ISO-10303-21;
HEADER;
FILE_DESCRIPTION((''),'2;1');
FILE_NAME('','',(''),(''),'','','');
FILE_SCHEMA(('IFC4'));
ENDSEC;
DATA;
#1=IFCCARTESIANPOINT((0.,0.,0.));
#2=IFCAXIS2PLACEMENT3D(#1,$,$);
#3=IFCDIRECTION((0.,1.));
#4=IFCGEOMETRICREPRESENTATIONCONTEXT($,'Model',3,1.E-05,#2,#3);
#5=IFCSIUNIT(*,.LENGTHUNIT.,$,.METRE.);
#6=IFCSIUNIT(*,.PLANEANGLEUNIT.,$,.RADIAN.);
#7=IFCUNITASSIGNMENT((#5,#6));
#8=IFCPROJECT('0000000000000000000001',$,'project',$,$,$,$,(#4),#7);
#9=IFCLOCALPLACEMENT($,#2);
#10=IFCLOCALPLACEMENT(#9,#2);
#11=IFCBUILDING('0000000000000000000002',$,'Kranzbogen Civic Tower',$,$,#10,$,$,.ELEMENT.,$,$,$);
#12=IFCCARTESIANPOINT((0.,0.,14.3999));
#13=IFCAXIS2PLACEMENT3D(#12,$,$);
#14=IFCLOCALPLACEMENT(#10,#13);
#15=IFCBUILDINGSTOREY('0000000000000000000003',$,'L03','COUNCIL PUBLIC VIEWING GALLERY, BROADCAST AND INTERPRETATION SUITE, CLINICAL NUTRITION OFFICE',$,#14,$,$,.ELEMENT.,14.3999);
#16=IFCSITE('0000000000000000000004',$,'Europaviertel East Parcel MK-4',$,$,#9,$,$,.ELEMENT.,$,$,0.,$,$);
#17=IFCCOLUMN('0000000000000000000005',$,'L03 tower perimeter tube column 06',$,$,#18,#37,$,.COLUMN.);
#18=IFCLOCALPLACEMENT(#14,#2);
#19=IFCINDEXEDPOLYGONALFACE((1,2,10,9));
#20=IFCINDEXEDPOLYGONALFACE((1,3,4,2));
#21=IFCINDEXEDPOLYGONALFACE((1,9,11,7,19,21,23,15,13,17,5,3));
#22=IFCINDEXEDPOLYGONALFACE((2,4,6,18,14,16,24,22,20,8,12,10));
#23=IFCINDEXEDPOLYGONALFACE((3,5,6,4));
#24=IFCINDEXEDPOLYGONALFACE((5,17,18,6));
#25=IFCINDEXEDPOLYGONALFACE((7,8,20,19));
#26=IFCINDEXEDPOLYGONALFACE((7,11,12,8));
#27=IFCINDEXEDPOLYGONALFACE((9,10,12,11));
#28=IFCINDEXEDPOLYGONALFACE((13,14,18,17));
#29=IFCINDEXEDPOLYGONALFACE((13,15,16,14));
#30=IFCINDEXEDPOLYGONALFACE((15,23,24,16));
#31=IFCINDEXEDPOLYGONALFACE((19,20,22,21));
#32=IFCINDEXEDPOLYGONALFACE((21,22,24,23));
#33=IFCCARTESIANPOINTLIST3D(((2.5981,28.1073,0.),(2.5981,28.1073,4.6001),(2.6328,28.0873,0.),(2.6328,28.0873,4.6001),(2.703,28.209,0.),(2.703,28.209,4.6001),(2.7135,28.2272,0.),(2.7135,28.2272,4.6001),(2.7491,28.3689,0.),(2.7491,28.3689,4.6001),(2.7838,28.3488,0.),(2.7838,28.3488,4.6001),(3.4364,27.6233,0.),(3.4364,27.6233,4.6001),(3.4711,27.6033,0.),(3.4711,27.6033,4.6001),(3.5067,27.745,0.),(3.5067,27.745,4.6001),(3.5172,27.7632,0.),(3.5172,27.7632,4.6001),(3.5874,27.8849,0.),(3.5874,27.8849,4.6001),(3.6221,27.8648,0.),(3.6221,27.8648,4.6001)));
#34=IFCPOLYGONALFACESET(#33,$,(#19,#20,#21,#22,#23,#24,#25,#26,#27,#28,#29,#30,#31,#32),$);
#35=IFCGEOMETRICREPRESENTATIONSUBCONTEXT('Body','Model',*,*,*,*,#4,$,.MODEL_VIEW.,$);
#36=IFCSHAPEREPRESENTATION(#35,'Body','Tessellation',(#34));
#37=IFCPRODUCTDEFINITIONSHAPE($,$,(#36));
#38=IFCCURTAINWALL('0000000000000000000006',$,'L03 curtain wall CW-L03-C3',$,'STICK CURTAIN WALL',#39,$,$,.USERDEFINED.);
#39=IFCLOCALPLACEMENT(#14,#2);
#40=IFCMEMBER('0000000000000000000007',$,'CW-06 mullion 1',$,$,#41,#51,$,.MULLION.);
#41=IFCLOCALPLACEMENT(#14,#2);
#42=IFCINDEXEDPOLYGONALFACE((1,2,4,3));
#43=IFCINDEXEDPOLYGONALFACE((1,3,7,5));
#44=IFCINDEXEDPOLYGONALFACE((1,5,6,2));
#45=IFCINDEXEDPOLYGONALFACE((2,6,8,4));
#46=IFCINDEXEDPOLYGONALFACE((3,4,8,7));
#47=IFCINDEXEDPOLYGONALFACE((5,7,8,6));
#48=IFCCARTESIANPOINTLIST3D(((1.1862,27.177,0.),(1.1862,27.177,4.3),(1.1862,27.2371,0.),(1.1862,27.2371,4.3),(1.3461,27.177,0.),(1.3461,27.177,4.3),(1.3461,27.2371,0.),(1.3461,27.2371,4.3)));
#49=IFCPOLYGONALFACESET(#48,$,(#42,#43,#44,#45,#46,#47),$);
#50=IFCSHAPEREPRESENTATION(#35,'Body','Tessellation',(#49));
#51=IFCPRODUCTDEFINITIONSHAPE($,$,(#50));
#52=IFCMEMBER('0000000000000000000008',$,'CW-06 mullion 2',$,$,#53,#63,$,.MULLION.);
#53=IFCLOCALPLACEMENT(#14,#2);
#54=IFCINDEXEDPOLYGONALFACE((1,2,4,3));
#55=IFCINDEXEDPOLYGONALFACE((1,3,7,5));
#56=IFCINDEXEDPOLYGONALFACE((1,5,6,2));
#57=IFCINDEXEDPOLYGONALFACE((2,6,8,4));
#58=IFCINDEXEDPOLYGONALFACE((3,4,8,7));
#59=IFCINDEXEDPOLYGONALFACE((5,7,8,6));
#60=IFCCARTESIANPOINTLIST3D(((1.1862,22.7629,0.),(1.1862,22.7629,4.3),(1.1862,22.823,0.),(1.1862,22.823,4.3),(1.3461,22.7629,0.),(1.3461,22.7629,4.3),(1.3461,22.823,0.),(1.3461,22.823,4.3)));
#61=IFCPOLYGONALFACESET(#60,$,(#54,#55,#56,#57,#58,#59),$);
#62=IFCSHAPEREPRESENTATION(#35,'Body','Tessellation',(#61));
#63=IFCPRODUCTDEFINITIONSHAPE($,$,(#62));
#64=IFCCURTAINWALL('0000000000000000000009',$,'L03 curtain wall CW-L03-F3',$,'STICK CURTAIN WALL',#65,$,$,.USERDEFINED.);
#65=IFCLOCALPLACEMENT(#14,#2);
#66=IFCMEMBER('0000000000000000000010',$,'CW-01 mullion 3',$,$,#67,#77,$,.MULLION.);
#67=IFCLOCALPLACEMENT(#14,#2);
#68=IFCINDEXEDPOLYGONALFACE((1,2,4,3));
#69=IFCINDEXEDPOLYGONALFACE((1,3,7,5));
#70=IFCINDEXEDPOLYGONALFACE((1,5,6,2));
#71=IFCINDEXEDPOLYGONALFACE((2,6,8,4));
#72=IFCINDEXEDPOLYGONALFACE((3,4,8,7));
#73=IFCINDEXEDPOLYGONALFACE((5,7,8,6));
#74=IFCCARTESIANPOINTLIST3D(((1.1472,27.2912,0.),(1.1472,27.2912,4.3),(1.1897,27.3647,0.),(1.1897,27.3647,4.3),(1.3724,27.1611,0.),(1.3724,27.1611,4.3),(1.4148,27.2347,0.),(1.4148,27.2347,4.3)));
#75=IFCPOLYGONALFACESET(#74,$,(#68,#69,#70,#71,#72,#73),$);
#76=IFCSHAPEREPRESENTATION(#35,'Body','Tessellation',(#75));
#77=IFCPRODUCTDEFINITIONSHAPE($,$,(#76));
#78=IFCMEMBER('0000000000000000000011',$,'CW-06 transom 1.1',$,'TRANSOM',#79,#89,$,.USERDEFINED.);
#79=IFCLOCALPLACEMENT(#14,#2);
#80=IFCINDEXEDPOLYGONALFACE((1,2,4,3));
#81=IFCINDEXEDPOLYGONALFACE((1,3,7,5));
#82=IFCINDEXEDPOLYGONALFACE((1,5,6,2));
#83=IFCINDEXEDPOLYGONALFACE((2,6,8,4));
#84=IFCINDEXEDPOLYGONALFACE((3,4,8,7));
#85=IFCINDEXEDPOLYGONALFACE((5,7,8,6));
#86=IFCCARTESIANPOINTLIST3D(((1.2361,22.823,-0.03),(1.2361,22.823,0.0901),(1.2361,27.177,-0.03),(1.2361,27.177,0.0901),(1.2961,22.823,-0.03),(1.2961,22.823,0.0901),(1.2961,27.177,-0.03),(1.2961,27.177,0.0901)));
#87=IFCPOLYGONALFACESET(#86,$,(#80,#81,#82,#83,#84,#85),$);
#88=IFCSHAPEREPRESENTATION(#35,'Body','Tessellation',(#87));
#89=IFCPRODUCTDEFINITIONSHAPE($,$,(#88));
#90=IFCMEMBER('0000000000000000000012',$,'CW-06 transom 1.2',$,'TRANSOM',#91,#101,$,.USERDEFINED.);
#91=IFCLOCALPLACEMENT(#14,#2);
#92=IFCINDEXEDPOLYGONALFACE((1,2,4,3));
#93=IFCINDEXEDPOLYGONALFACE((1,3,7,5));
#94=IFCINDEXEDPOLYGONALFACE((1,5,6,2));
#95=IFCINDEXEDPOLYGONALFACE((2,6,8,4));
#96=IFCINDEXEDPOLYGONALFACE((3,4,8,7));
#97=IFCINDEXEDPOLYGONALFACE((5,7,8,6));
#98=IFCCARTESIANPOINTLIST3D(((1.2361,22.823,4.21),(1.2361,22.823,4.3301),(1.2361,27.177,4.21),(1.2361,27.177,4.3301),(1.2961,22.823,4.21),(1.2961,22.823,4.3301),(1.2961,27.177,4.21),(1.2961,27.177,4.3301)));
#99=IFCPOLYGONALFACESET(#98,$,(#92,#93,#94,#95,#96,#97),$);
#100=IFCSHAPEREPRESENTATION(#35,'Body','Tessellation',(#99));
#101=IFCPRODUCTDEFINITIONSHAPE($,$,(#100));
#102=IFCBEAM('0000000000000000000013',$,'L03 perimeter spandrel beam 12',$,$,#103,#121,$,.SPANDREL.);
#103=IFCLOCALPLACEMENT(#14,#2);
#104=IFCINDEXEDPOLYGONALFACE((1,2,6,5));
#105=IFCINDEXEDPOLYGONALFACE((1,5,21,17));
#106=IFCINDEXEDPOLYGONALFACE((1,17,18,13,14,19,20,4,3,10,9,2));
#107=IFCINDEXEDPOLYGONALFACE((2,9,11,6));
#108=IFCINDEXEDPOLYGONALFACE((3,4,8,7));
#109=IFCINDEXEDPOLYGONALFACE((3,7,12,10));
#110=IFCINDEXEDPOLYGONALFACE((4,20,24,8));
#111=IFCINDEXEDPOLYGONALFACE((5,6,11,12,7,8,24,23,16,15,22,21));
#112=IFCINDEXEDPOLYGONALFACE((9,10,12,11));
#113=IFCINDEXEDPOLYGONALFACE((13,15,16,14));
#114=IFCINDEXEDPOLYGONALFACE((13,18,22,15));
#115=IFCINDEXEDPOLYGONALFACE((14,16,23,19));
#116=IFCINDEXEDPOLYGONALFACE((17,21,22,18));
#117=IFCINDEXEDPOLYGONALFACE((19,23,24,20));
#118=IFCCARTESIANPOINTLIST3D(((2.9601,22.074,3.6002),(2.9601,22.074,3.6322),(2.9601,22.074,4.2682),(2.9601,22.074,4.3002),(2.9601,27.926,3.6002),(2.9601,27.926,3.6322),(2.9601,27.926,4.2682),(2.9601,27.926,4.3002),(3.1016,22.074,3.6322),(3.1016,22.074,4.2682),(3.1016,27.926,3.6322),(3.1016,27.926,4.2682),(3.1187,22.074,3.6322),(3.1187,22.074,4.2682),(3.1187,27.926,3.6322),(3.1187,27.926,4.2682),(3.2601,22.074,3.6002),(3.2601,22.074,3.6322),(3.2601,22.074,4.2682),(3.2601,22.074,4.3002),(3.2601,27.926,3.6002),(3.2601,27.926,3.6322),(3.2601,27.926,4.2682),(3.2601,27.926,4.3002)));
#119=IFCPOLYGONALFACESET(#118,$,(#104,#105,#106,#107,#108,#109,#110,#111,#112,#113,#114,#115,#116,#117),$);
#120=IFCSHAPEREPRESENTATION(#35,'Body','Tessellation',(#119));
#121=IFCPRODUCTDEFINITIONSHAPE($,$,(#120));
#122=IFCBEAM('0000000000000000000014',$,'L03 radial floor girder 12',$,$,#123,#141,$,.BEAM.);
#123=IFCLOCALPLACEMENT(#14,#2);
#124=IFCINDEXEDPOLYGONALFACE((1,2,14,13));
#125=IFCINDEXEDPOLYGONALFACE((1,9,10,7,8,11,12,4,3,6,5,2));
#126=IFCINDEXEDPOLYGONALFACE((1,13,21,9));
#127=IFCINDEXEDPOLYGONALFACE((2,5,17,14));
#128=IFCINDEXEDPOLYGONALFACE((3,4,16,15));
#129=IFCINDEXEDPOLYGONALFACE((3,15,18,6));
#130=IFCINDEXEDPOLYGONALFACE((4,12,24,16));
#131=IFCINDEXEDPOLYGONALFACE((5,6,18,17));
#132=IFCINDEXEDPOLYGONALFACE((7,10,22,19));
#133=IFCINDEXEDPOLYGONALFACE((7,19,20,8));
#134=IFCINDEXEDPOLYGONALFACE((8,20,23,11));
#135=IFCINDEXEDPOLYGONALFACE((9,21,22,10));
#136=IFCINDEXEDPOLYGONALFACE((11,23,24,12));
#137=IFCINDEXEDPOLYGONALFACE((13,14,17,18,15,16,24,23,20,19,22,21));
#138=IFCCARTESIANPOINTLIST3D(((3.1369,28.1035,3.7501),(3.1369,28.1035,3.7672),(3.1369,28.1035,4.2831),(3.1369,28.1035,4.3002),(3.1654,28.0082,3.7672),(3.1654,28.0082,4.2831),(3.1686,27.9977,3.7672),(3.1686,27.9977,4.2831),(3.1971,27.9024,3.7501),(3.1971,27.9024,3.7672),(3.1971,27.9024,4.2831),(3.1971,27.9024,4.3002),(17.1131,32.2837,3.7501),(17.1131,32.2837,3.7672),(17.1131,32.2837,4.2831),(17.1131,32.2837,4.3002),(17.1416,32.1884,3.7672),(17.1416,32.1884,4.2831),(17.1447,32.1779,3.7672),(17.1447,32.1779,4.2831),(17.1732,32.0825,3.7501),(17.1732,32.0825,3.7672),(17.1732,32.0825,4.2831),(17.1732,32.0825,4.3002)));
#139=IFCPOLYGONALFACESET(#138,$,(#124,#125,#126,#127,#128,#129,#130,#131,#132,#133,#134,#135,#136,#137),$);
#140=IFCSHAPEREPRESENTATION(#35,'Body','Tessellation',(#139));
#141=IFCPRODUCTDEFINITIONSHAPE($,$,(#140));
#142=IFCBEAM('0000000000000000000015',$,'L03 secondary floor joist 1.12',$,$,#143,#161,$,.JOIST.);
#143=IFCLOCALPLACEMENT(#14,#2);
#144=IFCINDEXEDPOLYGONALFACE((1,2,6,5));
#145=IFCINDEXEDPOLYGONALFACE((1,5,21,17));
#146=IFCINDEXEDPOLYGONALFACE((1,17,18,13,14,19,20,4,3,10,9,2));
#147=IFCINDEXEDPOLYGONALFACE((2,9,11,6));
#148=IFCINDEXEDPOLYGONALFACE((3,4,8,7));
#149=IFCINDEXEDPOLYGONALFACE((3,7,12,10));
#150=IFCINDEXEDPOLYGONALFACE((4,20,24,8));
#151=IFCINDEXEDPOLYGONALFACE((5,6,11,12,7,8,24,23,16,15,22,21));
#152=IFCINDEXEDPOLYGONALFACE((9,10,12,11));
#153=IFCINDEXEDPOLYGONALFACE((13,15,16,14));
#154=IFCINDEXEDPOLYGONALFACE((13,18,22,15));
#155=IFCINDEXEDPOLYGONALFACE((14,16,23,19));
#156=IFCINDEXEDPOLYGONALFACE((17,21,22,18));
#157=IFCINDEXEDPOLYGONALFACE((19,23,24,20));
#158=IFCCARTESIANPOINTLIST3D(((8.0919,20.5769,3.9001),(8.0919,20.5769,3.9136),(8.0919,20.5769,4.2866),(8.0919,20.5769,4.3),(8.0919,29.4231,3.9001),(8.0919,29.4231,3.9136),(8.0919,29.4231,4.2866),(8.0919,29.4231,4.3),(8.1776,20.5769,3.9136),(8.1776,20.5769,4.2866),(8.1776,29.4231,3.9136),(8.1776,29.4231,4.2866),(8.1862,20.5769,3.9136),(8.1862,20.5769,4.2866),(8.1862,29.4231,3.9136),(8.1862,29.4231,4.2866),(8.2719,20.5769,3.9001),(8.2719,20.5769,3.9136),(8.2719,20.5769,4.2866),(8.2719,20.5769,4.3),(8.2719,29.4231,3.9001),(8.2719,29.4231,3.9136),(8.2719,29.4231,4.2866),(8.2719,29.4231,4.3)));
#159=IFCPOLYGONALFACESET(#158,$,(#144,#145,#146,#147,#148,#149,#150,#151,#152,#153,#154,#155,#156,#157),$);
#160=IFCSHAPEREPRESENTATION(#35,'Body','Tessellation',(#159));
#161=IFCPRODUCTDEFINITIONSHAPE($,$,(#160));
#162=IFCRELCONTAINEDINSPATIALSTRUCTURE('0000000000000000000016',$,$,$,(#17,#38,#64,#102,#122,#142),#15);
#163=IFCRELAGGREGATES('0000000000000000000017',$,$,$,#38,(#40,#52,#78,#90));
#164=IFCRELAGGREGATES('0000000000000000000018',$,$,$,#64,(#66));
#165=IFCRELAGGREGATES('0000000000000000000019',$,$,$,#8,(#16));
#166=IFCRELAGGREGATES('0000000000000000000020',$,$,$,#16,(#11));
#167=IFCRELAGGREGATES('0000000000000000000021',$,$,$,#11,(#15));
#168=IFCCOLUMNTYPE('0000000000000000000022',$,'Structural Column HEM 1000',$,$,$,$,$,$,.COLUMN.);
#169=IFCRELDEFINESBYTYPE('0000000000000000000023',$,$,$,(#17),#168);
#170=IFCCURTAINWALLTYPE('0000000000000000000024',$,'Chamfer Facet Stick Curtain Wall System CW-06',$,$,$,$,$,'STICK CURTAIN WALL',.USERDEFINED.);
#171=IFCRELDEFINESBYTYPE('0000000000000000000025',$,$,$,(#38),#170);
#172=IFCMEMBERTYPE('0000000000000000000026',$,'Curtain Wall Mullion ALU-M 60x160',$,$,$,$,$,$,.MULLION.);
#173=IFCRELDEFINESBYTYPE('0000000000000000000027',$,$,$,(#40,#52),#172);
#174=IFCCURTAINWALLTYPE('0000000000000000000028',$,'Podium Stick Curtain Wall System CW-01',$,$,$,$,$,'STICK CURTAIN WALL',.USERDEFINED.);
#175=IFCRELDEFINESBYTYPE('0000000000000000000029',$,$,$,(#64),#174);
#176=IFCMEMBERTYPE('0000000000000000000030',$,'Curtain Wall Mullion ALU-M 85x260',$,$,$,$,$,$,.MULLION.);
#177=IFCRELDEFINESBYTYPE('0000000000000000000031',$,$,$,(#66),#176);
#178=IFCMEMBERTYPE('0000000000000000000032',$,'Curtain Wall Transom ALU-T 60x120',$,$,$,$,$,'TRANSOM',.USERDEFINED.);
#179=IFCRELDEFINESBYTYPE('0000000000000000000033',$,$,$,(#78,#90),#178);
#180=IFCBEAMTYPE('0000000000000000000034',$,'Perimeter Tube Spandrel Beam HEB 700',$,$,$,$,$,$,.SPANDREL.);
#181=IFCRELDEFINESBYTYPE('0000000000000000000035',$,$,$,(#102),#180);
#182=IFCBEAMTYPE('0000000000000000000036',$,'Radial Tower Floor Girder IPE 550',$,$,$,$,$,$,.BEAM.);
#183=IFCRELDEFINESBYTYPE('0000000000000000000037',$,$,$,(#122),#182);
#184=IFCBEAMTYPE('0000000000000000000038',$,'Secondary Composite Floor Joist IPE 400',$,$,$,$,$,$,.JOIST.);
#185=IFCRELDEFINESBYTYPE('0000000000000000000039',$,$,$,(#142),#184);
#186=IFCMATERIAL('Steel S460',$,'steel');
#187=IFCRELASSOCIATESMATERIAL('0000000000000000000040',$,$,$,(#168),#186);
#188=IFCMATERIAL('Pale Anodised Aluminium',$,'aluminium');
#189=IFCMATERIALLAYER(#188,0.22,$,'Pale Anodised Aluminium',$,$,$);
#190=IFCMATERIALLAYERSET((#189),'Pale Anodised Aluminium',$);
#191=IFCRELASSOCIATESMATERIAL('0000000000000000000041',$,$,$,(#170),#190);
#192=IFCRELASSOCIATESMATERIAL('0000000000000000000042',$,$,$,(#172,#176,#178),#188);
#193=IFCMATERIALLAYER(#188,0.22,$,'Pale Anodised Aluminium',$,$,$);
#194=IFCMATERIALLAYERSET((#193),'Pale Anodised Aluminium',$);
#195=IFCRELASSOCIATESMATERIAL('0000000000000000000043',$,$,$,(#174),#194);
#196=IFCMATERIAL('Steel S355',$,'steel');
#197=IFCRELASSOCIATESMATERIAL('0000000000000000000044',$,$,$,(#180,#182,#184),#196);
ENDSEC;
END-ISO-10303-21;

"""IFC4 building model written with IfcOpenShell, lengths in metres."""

from ifc_helpers import new_model, si_unit, direction, frame, origin, origin_2d, place, context, subcontext, project, spatial, rectangle, i_section, extrude, material, layer, layer_set, material_profile, profile_set, type_object, element, aggregate, save


model = new_model("IFC4")

# Units and contexts
model_context = context("Model", 3, precision=1e-05, world=origin(), true_north=direction((0.0, 1.0)))
body_context = subcontext(model_context, "Body", "Model", "MODEL_VIEW")
ifc_project = project(units=[si_unit("LENGTHUNIT", "METRE"), si_unit("PLANEANGLEUNIT", "RADIAN")], contexts=[model_context])

# Site, building, storey
site_placement = place(None, origin())
site = spatial("IfcSite", under=ifc_project, at=site_placement, Name="Europaviertel East Parcel MK-4", CompositionType="ELEMENT", RefElevation=0.0)
building_placement = place(site_placement, origin())
building = spatial("IfcBuilding", under=site, at=building_placement, Name="Kranzbogen Civic Tower", CompositionType="ELEMENT")
storey_placement = place(building_placement, frame((0.0, 0.0, 14.3999)))
storey = spatial("IfcBuildingStorey", under=building, at=storey_placement, Name="L03", Description="COUNCIL PUBLIC VIEWING GALLERY, BROADCAST AND INTERPRETATION SUITE, CLINICAL NUTRITION OFFICE", CompositionType="ELEMENT", Elevation=14.3999)

# Column
ifc_material_1 = material(Name="Steel S460", Category="steel")
ifc_material_profile_1 = material_profile(ifc_material_1, i_section(OverallWidth=0.302, OverallDepth=1.0081, WebThickness=0.021, FlangeThickness=0.04, at=origin_2d()), Name="HEM 1000")
ifc_profile_set_1 = profile_set([ifc_material_profile_1], Name="Steel S460")
column_type = type_object("IfcColumnType", Name="Structural Column HEM 1000", PredefinedType="COLUMN", material=ifc_profile_set_1)
column_placement = place(storey_placement, frame((3.1101, 27.9861, 0.0), z_axis=(0.0, 0.0, 1.0), x_axis=(0.5, 0.866025, 0.0)))
element("IfcColumn", 1, at=column_placement, inside=storey, type_object=column_type, Name="L03 tower perimeter tube column 06", PredefinedType="COLUMN", context=body_context, shape_type="SweptSolid", body=[
    extrude(i_section(OverallWidth=0.302, OverallDepth=1.0081, WebThickness=0.021, FlangeThickness=0.04, at=origin_2d()), origin(), (0.0, 0.0, 1.0), 4.6001),
])

# Curtain wall, members
ifc_material_2 = material(Name="Pale Anodised Aluminium", Category="aluminium")
ifc_layer_1 = layer(ifc_material_2, 0.22, Name="Pale Anodised Aluminium")
ifc_layer_set_1 = layer_set([ifc_layer_1], Name="Pale Anodised Aluminium")
curtain_wall_type_1 = type_object("IfcCurtainWallType", Name="Chamfer Facet Stick Curtain Wall System CW-06", ElementType="STICK CURTAIN WALL", PredefinedType="USERDEFINED", material=ifc_layer_set_1)
curtain_wall_1_placement = place(storey_placement, origin())
curtain_wall_1 = element("IfcCurtainWall", 2, at=curtain_wall_1_placement, inside=storey, type_object=curtain_wall_type_1, Name="L03 curtain wall CW-L03-C3", ObjectType="STICK CURTAIN WALL", PredefinedType="USERDEFINED")
ifc_material_profile_2 = material_profile(ifc_material_2, rectangle(XDim=0.0601, YDim=0.1599, at=origin_2d()), Name="ALU-M 60x160")
ifc_profile_set_2 = profile_set([ifc_material_profile_2], Name="Pale Anodised Aluminium")
member_type_1 = type_object("IfcMemberType", Name="Curtain Wall Mullion ALU-M 60x160", PredefinedType="MULLION", material=ifc_profile_set_2)
member_1_placement = place(storey_placement, frame((1.2661, 27.207, 0.0), z_axis=(0.0, 0.0, 1.0), x_axis=(0.0, -1.0, 0.0)))
member_1 = element("IfcMember", 3, at=member_1_placement, type_object=member_type_1, Name="CW-06 mullion 1", PredefinedType="MULLION", context=body_context, shape_type="SweptSolid", body=[
    extrude(rectangle(XDim=0.0601, YDim=0.1599, at=origin_2d()), origin(), (0.0, 0.0, 1.0), 4.3),
])
member_2_placement = place(storey_placement, frame((1.2661, 22.793, 0.0), z_axis=(0.0, 0.0, 1.0), x_axis=(0.0, -1.0, 0.0)))
member_2 = element("IfcMember", 4, at=member_2_placement, type_object=member_type_1, Name="CW-06 mullion 2", PredefinedType="MULLION", context=body_context, shape_type="SweptSolid", body=[
    extrude(rectangle(XDim=0.0601, YDim=0.1599, at=origin_2d()), origin(), (0.0, 0.0, 1.0), 4.3),
])

# Curtain wall, member
ifc_layer_2 = layer(ifc_material_2, 0.22, Name="Pale Anodised Aluminium")
ifc_layer_set_2 = layer_set([ifc_layer_2], Name="Pale Anodised Aluminium")
curtain_wall_type_2 = type_object("IfcCurtainWallType", Name="Podium Stick Curtain Wall System CW-01", ElementType="STICK CURTAIN WALL", PredefinedType="USERDEFINED", material=ifc_layer_set_2)
curtain_wall_2_placement = place(storey_placement, origin())
curtain_wall_2 = element("IfcCurtainWall", 5, at=curtain_wall_2_placement, inside=storey, type_object=curtain_wall_type_2, Name="L03 curtain wall CW-L03-F3", ObjectType="STICK CURTAIN WALL", PredefinedType="USERDEFINED")
ifc_material_profile_3 = material_profile(ifc_material_2, rectangle(XDim=0.085, YDim=0.26, at=origin_2d()), Name="ALU-M 85x260")
ifc_profile_set_3 = profile_set([ifc_material_profile_3], Name="Pale Anodised Aluminium")
member_type_2 = type_object("IfcMemberType", Name="Curtain Wall Mullion ALU-M 85x260", PredefinedType="MULLION", material=ifc_profile_set_3)
member_3_placement = place(storey_placement, frame((1.281, 27.2629, 0.0), z_axis=(0.0, 0.0, 1.0), x_axis=(-0.500006, -0.866022, 0.0)))
member_3 = element("IfcMember", 6, at=member_3_placement, type_object=member_type_2, Name="CW-01 mullion 3", PredefinedType="MULLION", context=body_context, shape_type="SweptSolid", body=[
    extrude(rectangle(XDim=0.085, YDim=0.26, at=origin_2d()), origin(), (0.0, 0.0, 1.0), 4.3),
])

# Members
ifc_material_profile_4 = material_profile(ifc_material_2, rectangle(XDim=0.0601, YDim=0.1201, at=origin_2d()), Name="ALU-T 60x120")
ifc_profile_set_4 = profile_set([ifc_material_profile_4], Name="Pale Anodised Aluminium")
member_type_3 = type_object("IfcMemberType", Name="Curtain Wall Transom ALU-T 60x120", ElementType="TRANSOM", PredefinedType="USERDEFINED", material=ifc_profile_set_4)
member_4_placement = place(storey_placement, frame((1.2661, 27.177, 0.03), z_axis=(0.0, -1.0, 0.0), x_axis=(1.0, 0.0, 0.0)))
member_4 = element("IfcMember", 7, at=member_4_placement, type_object=member_type_3, Name="CW-06 transom 1.1", ObjectType="TRANSOM", PredefinedType="USERDEFINED", context=body_context, shape_type="SweptSolid", body=[
    extrude(rectangle(XDim=0.0601, YDim=0.1201, at=origin_2d()), origin(), (0.0, 0.0, 1.0), 4.354),
])
member_5_placement = place(storey_placement, frame((1.2661, 27.177, 4.27), z_axis=(0.0, -1.0, 0.0), x_axis=(1.0, 0.0, 0.0)))
member_5 = element("IfcMember", 8, at=member_5_placement, type_object=member_type_3, Name="CW-06 transom 1.2", ObjectType="TRANSOM", PredefinedType="USERDEFINED", context=body_context, shape_type="SweptSolid", body=[
    extrude(rectangle(XDim=0.0601, YDim=0.1201, at=origin_2d()), origin(), (0.0, 0.0, 1.0), 4.354),
])

# Beams
ifc_material_3 = material(Name="Steel S355", Category="steel")
ifc_material_profile_5 = material_profile(ifc_material_3, i_section(OverallWidth=0.3, OverallDepth=0.7, WebThickness=0.0171, FlangeThickness=0.032, at=origin_2d()), Name="HEB 700")
ifc_profile_set_5 = profile_set([ifc_material_profile_5], Name="Steel S355")
beam_type_1 = type_object("IfcBeamType", Name="Perimeter Tube Spandrel Beam HEB 700", PredefinedType="SPANDREL", material=ifc_profile_set_5)
beam_1_placement = place(storey_placement, frame((3.1101, 27.926, 3.9502), z_axis=(0.0, -1.0, 0.0), x_axis=(1.0, 0.0, 0.0)))
element("IfcBeam", 9, at=beam_1_placement, inside=storey, type_object=beam_type_1, Name="L03 perimeter spandrel beam 12", PredefinedType="SPANDREL", context=body_context, shape_type="SweptSolid", body=[
    extrude(i_section(OverallWidth=0.3, OverallDepth=0.7, WebThickness=0.0171, FlangeThickness=0.032, at=origin_2d()), origin(), (0.0, 0.0, 1.0), 5.8521),
])
ifc_material_profile_6 = material_profile(ifc_material_3, i_section(OverallWidth=0.21, OverallDepth=0.55, WebThickness=0.011, FlangeThickness=0.0171, at=origin_2d()), Name="IPE 550")
ifc_profile_set_6 = profile_set([ifc_material_profile_6], Name="Steel S355")
beam_type_2 = type_object("IfcBeamType", Name="Radial Tower Floor Girder IPE 550", PredefinedType="BEAM", material=ifc_profile_set_6)
beam_2_placement = place(storey_placement, frame((3.167, 28.0029, 4.0251), z_axis=(0.958065, 0.286552, 0.0), x_axis=(-0.286552, 0.958065, 0.0)))
element("IfcBeam", 10, at=beam_2_placement, inside=storey, type_object=beam_type_2, Name="L03 radial floor girder 12", PredefinedType="BEAM", context=body_context, shape_type="SweptSolid", body=[
    extrude(i_section(OverallWidth=0.21, OverallDepth=0.55, WebThickness=0.011, FlangeThickness=0.0171, at=origin_2d()), origin(), (0.0, 0.0, 1.0), 14.5879),
])
ifc_material_profile_7 = material_profile(ifc_material_3, i_section(OverallWidth=0.1799, OverallDepth=0.3999, WebThickness=0.0085, FlangeThickness=0.0134, at=origin_2d()), Name="IPE 400")
ifc_profile_set_7 = profile_set([ifc_material_profile_7], Name="Steel S355")
beam_type_3 = type_object("IfcBeamType", Name="Secondary Composite Floor Joist IPE 400", PredefinedType="JOIST", material=ifc_profile_set_7)
beam_3_placement = place(storey_placement, frame((8.1819, 29.4231, 4.1001), z_axis=(0.0, -1.0, 0.0), x_axis=(1.0, 0.0, 0.0)))
element("IfcBeam", 11, at=beam_3_placement, inside=storey, type_object=beam_type_3, Name="L03 secondary floor joist 1.12", PredefinedType="JOIST", context=body_context, shape_type="SweptSolid", body=[
    extrude(i_section(OverallWidth=0.1799, OverallDepth=0.3999, WebThickness=0.0085, FlangeThickness=0.0134, at=origin_2d()), origin(), (0.0, 0.0, 1.0), 8.8462),
])

aggregate(curtain_wall_1, [member_1, member_2, member_4, member_5])
aggregate(curtain_wall_2, [member_3])

save(model, "model.ifc")
